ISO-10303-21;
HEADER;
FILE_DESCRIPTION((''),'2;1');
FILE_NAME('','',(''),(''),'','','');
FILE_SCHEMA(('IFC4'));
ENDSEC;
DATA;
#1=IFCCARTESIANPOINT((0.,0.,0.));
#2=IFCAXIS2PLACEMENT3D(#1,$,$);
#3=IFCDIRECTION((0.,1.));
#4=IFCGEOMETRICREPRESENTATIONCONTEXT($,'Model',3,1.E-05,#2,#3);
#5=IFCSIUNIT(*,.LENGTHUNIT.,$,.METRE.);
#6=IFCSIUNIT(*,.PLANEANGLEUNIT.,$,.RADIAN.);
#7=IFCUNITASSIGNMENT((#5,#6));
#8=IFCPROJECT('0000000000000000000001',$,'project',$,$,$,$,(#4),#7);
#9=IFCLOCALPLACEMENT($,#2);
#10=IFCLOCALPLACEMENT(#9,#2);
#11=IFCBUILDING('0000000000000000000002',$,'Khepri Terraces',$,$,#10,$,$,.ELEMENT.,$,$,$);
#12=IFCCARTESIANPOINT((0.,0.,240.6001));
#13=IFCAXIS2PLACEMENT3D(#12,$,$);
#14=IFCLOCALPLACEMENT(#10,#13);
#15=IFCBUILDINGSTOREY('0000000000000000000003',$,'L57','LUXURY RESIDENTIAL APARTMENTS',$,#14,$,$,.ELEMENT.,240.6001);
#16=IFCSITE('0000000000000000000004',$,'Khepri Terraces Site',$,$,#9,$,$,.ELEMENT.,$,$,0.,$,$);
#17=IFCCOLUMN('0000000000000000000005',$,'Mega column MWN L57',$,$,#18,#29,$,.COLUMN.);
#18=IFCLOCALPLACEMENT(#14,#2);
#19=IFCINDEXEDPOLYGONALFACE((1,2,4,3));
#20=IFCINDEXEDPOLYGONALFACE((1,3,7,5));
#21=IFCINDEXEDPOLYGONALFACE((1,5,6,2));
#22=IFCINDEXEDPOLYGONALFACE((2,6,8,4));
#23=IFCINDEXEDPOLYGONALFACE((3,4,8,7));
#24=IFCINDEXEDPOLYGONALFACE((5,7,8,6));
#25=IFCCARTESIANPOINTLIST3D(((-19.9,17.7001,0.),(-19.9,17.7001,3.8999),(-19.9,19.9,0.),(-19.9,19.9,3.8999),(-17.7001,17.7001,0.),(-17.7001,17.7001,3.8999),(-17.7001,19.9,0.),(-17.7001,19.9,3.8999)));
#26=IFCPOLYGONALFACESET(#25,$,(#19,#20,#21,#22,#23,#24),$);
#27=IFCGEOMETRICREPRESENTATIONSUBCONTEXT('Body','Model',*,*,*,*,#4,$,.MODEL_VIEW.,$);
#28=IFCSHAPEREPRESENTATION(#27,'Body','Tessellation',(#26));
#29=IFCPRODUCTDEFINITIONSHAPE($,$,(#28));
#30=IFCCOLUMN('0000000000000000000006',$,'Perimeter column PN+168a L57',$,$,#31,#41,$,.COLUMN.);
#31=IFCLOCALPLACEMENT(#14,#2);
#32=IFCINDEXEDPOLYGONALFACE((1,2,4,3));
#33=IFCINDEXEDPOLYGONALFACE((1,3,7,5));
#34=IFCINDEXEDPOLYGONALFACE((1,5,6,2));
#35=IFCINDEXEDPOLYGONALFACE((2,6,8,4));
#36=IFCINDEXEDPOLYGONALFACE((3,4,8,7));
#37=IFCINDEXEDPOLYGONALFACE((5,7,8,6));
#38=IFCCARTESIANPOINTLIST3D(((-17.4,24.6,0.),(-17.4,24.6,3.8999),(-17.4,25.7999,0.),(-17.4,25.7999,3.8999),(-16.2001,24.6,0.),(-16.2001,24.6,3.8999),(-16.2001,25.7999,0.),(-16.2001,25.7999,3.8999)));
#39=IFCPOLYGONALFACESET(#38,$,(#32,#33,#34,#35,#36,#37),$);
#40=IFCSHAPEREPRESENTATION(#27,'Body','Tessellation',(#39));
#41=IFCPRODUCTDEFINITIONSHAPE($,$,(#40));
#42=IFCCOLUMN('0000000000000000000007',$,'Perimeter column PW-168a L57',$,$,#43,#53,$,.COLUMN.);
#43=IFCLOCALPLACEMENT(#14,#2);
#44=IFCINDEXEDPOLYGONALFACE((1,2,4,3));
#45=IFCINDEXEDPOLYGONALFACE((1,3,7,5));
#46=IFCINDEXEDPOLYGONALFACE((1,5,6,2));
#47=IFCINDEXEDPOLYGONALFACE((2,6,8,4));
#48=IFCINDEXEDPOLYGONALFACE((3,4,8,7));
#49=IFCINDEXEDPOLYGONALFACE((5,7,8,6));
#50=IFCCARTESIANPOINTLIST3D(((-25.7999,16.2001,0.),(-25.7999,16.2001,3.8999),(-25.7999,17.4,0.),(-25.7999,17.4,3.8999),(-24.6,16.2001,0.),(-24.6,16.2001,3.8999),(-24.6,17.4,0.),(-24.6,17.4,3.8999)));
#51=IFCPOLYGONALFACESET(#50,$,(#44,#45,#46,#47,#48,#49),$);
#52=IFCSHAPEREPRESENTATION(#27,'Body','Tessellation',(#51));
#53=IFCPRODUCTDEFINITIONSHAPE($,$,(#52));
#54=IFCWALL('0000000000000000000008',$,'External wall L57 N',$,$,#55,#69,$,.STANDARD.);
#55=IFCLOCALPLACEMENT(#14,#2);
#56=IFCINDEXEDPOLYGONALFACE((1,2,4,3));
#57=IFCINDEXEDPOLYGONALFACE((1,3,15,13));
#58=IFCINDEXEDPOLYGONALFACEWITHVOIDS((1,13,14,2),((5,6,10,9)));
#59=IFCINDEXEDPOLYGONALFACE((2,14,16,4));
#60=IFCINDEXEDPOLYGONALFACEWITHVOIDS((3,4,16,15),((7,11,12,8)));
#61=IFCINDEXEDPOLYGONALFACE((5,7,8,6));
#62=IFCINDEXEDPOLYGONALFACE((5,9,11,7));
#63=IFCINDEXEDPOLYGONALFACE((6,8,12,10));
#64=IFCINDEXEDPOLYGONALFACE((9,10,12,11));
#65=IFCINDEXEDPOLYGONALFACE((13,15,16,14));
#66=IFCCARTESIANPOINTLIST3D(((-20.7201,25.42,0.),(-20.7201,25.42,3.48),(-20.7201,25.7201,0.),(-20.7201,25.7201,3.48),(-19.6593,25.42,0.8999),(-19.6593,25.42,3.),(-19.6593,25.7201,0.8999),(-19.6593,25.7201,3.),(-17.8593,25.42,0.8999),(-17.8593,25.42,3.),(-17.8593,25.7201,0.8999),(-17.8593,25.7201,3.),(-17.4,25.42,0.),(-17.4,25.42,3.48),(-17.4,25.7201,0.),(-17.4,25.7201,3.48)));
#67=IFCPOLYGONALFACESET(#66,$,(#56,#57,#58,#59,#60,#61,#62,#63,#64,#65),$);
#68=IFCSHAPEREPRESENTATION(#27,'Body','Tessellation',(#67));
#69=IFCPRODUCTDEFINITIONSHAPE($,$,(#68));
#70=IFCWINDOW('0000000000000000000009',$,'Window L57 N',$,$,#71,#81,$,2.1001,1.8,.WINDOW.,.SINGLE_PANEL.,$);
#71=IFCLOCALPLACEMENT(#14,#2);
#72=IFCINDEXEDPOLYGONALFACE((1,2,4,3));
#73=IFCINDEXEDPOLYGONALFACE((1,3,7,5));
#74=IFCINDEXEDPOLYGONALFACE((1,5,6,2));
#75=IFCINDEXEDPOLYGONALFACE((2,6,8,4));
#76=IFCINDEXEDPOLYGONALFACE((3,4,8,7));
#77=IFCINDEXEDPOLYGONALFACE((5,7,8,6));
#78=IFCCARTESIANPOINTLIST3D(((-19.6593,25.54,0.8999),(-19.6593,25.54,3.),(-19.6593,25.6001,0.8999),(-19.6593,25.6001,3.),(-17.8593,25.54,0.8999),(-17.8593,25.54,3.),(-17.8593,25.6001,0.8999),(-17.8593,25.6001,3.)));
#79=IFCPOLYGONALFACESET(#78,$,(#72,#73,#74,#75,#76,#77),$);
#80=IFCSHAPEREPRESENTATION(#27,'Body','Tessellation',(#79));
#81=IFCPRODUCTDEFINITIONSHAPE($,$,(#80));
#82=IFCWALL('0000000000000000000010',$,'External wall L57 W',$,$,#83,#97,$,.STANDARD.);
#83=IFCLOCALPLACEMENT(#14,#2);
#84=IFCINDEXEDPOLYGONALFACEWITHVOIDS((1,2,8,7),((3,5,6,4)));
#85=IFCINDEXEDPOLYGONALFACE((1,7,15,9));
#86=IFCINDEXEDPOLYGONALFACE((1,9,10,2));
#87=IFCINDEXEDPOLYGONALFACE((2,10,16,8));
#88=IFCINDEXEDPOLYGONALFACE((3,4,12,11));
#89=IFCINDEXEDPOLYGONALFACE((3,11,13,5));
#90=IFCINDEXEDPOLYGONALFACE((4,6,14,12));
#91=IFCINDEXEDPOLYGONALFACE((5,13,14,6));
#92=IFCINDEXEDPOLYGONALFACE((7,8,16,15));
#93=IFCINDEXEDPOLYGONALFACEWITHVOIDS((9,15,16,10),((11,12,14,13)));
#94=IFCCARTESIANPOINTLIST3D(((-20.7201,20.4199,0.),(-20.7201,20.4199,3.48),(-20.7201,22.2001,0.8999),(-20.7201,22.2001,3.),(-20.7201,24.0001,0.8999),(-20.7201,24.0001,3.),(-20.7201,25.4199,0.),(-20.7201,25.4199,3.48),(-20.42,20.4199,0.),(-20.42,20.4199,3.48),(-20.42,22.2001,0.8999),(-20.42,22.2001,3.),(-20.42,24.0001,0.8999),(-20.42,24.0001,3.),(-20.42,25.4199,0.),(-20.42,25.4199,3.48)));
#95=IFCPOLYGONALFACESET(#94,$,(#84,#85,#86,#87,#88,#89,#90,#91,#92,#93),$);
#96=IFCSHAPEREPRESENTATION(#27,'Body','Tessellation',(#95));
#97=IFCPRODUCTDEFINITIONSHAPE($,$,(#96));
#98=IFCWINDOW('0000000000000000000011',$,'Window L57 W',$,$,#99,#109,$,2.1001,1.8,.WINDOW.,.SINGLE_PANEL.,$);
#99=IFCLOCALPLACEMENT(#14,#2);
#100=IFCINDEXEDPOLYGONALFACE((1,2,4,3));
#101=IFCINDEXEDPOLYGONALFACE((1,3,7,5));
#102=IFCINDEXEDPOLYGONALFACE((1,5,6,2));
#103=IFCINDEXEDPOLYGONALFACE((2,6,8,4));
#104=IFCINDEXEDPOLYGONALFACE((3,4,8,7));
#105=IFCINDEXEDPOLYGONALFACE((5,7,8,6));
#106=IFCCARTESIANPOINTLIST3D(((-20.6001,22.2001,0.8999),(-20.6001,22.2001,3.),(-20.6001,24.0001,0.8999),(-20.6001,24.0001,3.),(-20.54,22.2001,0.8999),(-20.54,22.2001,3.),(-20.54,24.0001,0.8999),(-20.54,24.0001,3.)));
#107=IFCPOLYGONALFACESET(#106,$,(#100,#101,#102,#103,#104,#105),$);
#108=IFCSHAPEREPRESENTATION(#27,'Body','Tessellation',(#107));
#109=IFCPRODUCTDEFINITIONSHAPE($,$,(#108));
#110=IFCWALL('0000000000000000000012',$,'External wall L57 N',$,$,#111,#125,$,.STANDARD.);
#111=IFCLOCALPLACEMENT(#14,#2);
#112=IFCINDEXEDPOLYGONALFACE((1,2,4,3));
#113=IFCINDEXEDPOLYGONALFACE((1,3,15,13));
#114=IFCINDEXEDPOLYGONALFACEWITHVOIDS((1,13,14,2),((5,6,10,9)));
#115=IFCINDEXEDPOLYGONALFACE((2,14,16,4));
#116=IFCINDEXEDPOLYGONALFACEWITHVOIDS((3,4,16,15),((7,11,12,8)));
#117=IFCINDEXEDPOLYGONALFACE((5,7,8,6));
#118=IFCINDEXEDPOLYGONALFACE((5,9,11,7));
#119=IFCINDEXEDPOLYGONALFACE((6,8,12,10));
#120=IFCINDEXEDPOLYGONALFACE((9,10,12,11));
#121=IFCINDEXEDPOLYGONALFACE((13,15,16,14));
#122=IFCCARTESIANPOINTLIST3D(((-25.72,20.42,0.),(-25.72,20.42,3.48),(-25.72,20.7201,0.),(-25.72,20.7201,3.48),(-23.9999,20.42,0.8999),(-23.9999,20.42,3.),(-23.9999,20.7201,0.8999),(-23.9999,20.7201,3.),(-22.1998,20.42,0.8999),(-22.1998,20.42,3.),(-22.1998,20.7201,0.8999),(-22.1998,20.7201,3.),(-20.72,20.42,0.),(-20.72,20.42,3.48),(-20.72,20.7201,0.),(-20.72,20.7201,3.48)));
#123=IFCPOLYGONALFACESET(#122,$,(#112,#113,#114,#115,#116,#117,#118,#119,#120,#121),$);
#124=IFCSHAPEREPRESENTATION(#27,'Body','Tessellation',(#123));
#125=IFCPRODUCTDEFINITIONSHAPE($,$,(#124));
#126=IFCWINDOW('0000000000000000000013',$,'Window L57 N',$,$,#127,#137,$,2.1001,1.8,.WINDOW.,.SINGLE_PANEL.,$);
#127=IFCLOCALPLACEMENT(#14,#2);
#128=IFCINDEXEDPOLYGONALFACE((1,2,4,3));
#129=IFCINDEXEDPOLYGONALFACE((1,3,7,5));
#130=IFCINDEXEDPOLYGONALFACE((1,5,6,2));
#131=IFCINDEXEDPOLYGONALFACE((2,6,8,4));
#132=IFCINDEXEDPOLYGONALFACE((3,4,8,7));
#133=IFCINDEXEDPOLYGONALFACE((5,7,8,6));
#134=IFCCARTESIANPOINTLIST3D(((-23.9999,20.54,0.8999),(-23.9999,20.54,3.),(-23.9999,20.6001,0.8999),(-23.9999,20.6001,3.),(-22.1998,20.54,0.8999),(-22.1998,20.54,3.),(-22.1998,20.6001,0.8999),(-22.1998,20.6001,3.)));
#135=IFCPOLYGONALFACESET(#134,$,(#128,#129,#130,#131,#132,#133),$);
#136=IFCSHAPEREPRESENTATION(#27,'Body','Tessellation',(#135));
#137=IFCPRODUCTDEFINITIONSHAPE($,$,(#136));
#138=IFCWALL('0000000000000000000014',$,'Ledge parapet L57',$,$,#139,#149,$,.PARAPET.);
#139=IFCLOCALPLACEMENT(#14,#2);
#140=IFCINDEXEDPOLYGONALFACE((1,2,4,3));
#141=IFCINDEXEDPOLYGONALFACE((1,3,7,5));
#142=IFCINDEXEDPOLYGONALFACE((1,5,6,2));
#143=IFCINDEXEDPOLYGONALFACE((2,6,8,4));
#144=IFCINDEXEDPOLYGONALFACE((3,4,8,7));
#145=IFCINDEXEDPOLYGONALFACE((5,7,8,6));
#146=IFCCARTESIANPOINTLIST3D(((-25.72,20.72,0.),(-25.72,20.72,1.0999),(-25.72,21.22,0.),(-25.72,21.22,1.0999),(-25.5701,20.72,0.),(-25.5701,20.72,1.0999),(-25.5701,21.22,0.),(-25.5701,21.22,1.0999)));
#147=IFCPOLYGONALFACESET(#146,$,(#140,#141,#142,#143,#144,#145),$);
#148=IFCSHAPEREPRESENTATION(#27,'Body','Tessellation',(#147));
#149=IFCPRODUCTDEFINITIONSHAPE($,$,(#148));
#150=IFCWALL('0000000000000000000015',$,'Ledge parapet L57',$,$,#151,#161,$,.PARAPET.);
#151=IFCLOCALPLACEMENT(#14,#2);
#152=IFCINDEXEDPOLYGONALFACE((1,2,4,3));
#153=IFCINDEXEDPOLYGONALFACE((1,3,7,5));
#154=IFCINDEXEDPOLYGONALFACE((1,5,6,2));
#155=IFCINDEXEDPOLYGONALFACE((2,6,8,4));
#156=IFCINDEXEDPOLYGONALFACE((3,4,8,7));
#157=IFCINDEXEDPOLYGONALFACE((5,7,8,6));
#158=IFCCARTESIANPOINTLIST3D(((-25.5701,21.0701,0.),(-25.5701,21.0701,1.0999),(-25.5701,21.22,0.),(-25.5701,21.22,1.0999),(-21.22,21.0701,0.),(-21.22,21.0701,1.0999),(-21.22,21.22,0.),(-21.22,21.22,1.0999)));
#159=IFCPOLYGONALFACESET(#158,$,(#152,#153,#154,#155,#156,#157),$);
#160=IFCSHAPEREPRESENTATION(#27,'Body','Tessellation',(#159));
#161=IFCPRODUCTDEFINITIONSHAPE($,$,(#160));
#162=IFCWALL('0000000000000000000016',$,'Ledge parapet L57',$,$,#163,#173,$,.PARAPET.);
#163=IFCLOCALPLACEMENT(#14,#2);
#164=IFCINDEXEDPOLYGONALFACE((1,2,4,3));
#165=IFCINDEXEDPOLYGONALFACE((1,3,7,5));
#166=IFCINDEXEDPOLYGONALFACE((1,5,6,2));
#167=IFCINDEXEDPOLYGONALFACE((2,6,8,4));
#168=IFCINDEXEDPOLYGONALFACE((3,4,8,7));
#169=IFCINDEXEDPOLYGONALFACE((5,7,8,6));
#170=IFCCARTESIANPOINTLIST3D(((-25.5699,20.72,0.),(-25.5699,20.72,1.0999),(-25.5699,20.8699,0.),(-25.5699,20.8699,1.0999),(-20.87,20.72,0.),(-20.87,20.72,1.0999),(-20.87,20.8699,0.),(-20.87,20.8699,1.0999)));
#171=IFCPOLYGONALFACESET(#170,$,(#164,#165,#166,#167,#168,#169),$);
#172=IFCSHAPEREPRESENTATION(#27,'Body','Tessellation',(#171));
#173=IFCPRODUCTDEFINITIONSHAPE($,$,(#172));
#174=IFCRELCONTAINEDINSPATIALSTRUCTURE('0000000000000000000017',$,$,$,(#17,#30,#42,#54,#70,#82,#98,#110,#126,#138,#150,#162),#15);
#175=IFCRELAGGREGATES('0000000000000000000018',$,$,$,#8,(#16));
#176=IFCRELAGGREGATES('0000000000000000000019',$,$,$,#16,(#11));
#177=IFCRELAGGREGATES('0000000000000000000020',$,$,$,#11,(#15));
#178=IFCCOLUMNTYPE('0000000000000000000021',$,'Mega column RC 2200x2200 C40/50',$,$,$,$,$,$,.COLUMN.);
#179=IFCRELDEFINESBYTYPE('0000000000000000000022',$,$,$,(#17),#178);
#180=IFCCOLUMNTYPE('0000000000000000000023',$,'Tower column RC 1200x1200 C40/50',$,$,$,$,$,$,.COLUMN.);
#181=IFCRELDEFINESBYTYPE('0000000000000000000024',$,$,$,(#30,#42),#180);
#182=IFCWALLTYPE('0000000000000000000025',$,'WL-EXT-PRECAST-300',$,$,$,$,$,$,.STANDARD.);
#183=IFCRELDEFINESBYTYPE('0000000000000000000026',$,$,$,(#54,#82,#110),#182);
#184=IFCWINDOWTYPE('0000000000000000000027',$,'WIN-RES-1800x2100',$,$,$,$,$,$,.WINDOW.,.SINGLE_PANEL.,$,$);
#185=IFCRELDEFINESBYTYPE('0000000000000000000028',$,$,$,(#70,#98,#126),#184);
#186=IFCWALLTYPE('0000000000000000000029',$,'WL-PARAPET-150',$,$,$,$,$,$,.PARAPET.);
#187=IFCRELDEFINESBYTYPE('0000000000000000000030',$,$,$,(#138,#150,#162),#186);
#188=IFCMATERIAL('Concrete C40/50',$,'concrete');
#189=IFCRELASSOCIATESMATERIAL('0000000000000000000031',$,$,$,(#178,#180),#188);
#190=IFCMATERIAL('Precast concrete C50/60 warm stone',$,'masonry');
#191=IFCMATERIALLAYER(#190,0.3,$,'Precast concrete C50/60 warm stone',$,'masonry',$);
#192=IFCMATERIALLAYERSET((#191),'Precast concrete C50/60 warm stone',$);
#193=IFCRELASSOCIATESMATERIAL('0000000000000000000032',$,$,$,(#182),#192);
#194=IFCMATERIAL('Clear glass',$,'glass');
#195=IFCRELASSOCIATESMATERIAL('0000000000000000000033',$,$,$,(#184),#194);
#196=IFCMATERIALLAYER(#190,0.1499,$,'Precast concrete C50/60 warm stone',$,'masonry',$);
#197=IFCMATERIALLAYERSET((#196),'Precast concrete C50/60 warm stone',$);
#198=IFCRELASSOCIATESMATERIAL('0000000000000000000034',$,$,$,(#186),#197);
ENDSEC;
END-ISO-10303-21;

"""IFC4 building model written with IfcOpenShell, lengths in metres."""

from ifc_helpers import new_model, si_unit, direction, frame, frame_2d, origin, origin_2d, place, context, subcontext, project, spatial, rectangle, extrude, material, layer, layer_set, material_profile, profile_set, type_object, element, fill, save


model = new_model("IFC4")

# Units and contexts
model_context = context("Model", 3, precision=1e-05, world=origin(), true_north=direction((0.0, 1.0)))
body_context = subcontext(model_context, "Body", "Model", "MODEL_VIEW")
ifc_project = project(units=[si_unit("LENGTHUNIT", "METRE"), si_unit("PLANEANGLEUNIT", "RADIAN")], contexts=[model_context])

# Site, building, storey
site_placement = place(None, origin())
site = spatial("IfcSite", under=ifc_project, at=site_placement, Name="Khepri Terraces Site", CompositionType="ELEMENT", RefElevation=0.0)
building_placement = place(site_placement, origin())
building = spatial("IfcBuilding", under=site, at=building_placement, Name="Khepri Terraces", CompositionType="ELEMENT")
storey_placement = place(building_placement, frame((0.0, 0.0, 240.6001)))
storey = spatial("IfcBuildingStorey", under=building, at=storey_placement, Name="L57", Description="LUXURY RESIDENTIAL APARTMENTS", CompositionType="ELEMENT", Elevation=240.6001)

# Columns
ifc_material_1 = material(Name="Concrete C40/50", Category="concrete")
ifc_material_profile_1 = material_profile(ifc_material_1, rectangle(XDim=2.2, YDim=2.2, at=origin_2d()), Name="Concrete C40/50", Category="concrete")
ifc_profile_set_1 = profile_set([ifc_material_profile_1], Name="Concrete C40/50")
column_type_1 = type_object("IfcColumnType", Name="Mega column RC 2200x2200 C40/50", PredefinedType="COLUMN", material=ifc_profile_set_1)
column_placement = place(storey_placement, frame((-18.8, 18.8, 0.0), z_axis=(0.0, 0.0, 1.0), x_axis=(1.0, 0.0, 0.0)))
element("IfcColumn", 1, at=column_placement, inside=storey, type_object=column_type_1, Name="Mega column MWN L57", PredefinedType="COLUMN", context=body_context, shape_type="SweptSolid", body=[
    extrude(rectangle(XDim=2.2, YDim=2.2, at=origin_2d()), origin(), (0.0, 0.0, 1.0), 3.8999),
])
ifc_material_profile_2 = material_profile(ifc_material_1, rectangle(XDim=1.2, YDim=1.2, at=origin_2d()), Name="Concrete C40/50", Category="concrete")
ifc_profile_set_2 = profile_set([ifc_material_profile_2], Name="Concrete C40/50")
column_type_2 = type_object("IfcColumnType", Name="Tower column RC 1200x1200 C40/50", PredefinedType="COLUMN", material=ifc_profile_set_2)
for number, where, z_axis, x_axis, name in (
    (2, (-16.8, 25.2, 0.0), (0.0, 0.0, 1.0), (1.0, 0.0, 0.0), "Perimeter column PN+168a L57"),
    (3, (-25.2, 16.8, 0.0), (0.0, 0.0, 1.0), (1.0, 0.0, 0.0), "Perimeter column PW-168a L57"),
):
    element("IfcColumn", number, at=place(storey_placement, frame(where, z_axis=z_axis, x_axis=x_axis)), inside=storey, type_object=column_type_2, Name=name, PredefinedType="COLUMN", context=body_context, shape_type="SweptSolid", body=[
        extrude(rectangle(XDim=1.2, YDim=1.2, at=origin_2d()), origin(), (0.0, 0.0, 1.0), 3.8999),
    ])

# Walls, openings, windows
ifc_material_2 = material(Name="Precast concrete C50/60 warm stone", Category="masonry")
ifc_layer_1 = layer(ifc_material_2, 0.3, Name="Precast concrete C50/60 warm stone", Category="masonry")
ifc_layer_set_1 = layer_set([ifc_layer_1], Name="Precast concrete C50/60 warm stone")
wall_type_1 = type_object("IfcWallType", Name="WL-EXT-PRECAST-300", PredefinedType="STANDARD", material=ifc_layer_set_1)
wall_1_placement = place(storey_placement, frame((-17.3999, 25.5701, 0.0), z_axis=(0.0, 0.0, 1.0), x_axis=(-1.0, 0.0, 0.0)))
wall_1 = element("IfcWall", 4, at=wall_1_placement, inside=storey, type_object=wall_type_1, Name="External wall L57 N", PredefinedType="STANDARD", context=body_context, shape_type="SweptSolid", body=[
    extrude(rectangle(XDim=3.3201, YDim=0.3, at=frame_2d((1.6602, 0.0))), origin(), (0.0, 0.0, 1.0), 3.48),
])
opening_1_placement = place(wall_1_placement, frame((0.4595, 0.0, 0.8999)))
opening_1 = element("IfcOpeningElement", 5, at=opening_1_placement, cuts=wall_1, PredefinedType="OPENING", context=body_context, shape_type="SweptSolid", body=[
    extrude(rectangle(XDim=1.8, YDim=2.1001, at=frame_2d((0.8999, 1.05))), frame((0.0, 0.1602, 0.0), z_axis=(0.0, -1.0, 0.0), x_axis=(1.0, 0.0, 0.0)), (0.0, 0.0, 1.0), 0.3201),
])
ifc_material_3 = material(Name="Clear glass", Category="glass")
window_type = type_object("IfcWindowType", Name="WIN-RES-1800x2100", PartitioningType="SINGLE_PANEL", PredefinedType="WINDOW", material=ifc_material_3)
window_1_placement = place(opening_1_placement, origin())
window_1 = element("IfcWindow", 6, at=window_1_placement, inside=storey, type_object=window_type, Name="Window L57 N", OverallHeight=2.1001, OverallWidth=1.8, PartitioningType="SINGLE_PANEL", PredefinedType="WINDOW", context=body_context, shape_type="SweptSolid", body=[
    extrude(rectangle(XDim=1.8, YDim=2.1001, at=frame_2d((0.8999, 1.05))), frame((0.0, 0.03, 0.0), z_axis=(0.0, -1.0, 0.0), x_axis=(1.0, 0.0, 0.0)), (0.0, 0.0, 1.0), 0.0601),
])
fill(opening_1, window_1)
wall_2_placement = place(storey_placement, frame((-20.5701, 25.4199, 0.0), z_axis=(0.0, 0.0, 1.0), x_axis=(0.0, -1.0, 0.0)))
wall_2 = element("IfcWall", 7, at=wall_2_placement, inside=storey, type_object=wall_type_1, Name="External wall L57 W", PredefinedType="STANDARD", context=body_context, shape_type="SweptSolid", body=[
    extrude(rectangle(XDim=5.0, YDim=0.3, at=frame_2d((2.5, 0.0))), origin(), (0.0, 0.0, 1.0), 3.48),
])
opening_2_placement = place(wall_2_placement, frame((1.4199, 0.0, 0.8999)))
opening_2 = element("IfcOpeningElement", 8, at=opening_2_placement, cuts=wall_2, PredefinedType="OPENING", context=body_context, shape_type="SweptSolid", body=[
    extrude(rectangle(XDim=1.8, YDim=2.1001, at=frame_2d((0.8999, 1.05))), frame((0.0, 0.1602, 0.0), z_axis=(0.0, -1.0, 0.0), x_axis=(1.0, 0.0, 0.0)), (0.0, 0.0, 1.0), 0.3201),
])
window_2_placement = place(opening_2_placement, origin())
window_2 = element("IfcWindow", 9, at=window_2_placement, inside=storey, type_object=window_type, Name="Window L57 W", OverallHeight=2.1001, OverallWidth=1.8, PartitioningType="SINGLE_PANEL", PredefinedType="WINDOW", context=body_context, shape_type="SweptSolid", body=[
    extrude(rectangle(XDim=1.8, YDim=2.1001, at=frame_2d((0.8999, 1.05))), frame((0.0, 0.03, 0.0), z_axis=(0.0, -1.0, 0.0), x_axis=(1.0, 0.0, 0.0)), (0.0, 0.0, 1.0), 0.0601),
])
fill(opening_2, window_2)
wall_3_placement = place(storey_placement, frame((-20.72, 20.5701, 0.0), z_axis=(0.0, 0.0, 1.0), x_axis=(-1.0, 0.0, 0.0)))
wall_3 = element("IfcWall", 10, at=wall_3_placement, inside=storey, type_object=wall_type_1, Name="External wall L57 N", PredefinedType="STANDARD", context=body_context, shape_type="SweptSolid", body=[
    extrude(rectangle(XDim=5.0, YDim=0.3, at=frame_2d((2.5, 0.0))), origin(), (0.0, 0.0, 1.0), 3.48),
])
opening_3_placement = place(wall_3_placement, frame((1.48, 0.0, 0.8999)))
opening_3 = element("IfcOpeningElement", 11, at=opening_3_placement, cuts=wall_3, PredefinedType="OPENING", context=body_context, shape_type="SweptSolid", body=[
    extrude(rectangle(XDim=1.8, YDim=2.1001, at=frame_2d((0.8999, 1.05))), frame((0.0, 0.1602, 0.0), z_axis=(0.0, -1.0, 0.0), x_axis=(1.0, 0.0, 0.0)), (0.0, 0.0, 1.0), 0.3201),
])
window_3_placement = place(opening_3_placement, origin())
window_3 = element("IfcWindow", 12, at=window_3_placement, inside=storey, type_object=window_type, Name="Window L57 N", OverallHeight=2.1001, OverallWidth=1.8, PartitioningType="SINGLE_PANEL", PredefinedType="WINDOW", context=body_context, shape_type="SweptSolid", body=[
    extrude(rectangle(XDim=1.8, YDim=2.1001, at=frame_2d((0.8999, 1.05))), frame((0.0, 0.03, 0.0), z_axis=(0.0, -1.0, 0.0), x_axis=(1.0, 0.0, 0.0)), (0.0, 0.0, 1.0), 0.0601),
])
fill(opening_3, window_3)

# Walls
ifc_layer_2 = layer(ifc_material_2, 0.1499, Name="Precast concrete C50/60 warm stone", Category="masonry")
ifc_layer_set_2 = layer_set([ifc_layer_2], Name="Precast concrete C50/60 warm stone")
wall_type_2 = type_object("IfcWallType", Name="WL-PARAPET-150", PredefinedType="PARAPET", material=ifc_layer_set_2)
wall_4_placement = place(storey_placement, frame((-25.645, 20.72, 0.0), z_axis=(0.0, 0.0, 1.0), x_axis=(0.0, 1.0, 0.0)))
element("IfcWall", 13, at=wall_4_placement, inside=storey, type_object=wall_type_2, Name="Ledge parapet L57", PredefinedType="PARAPET", context=body_context, shape_type="SweptSolid", body=[
    extrude(rectangle(XDim=0.5, YDim=0.1499, at=frame_2d((0.25, 0.0))), origin(), (0.0, 0.0, 1.0), 1.0999),
])
wall_5_placement = place(storey_placement, frame((-25.5701, 21.145, 0.0), z_axis=(0.0, 0.0, 1.0), x_axis=(1.0, 0.0, 0.0)))
element("IfcWall", 14, at=wall_5_placement, inside=storey, type_object=wall_type_2, Name="Ledge parapet L57", PredefinedType="PARAPET", context=body_context, shape_type="SweptSolid", body=[
    extrude(rectangle(XDim=4.3501, YDim=0.1499, at=frame_2d((2.175, 0.0))), origin(), (0.0, 0.0, 1.0), 1.0999),
])
wall_6_placement = place(storey_placement, frame((-25.5701, 20.7949, 0.0), z_axis=(0.0, 0.0, 1.0), x_axis=(1.0, 0.0, 0.0)))
element("IfcWall", 15, at=wall_6_placement, inside=storey, type_object=wall_type_2, Name="Ledge parapet L57", PredefinedType="PARAPET", context=body_context, shape_type="SweptSolid", body=[
    extrude(rectangle(XDim=4.7, YDim=0.1499, at=frame_2d((2.3501, 0.0))), origin(), (0.0, 0.0, 1.0), 1.0999),
])

save(model, "model.ifc")
